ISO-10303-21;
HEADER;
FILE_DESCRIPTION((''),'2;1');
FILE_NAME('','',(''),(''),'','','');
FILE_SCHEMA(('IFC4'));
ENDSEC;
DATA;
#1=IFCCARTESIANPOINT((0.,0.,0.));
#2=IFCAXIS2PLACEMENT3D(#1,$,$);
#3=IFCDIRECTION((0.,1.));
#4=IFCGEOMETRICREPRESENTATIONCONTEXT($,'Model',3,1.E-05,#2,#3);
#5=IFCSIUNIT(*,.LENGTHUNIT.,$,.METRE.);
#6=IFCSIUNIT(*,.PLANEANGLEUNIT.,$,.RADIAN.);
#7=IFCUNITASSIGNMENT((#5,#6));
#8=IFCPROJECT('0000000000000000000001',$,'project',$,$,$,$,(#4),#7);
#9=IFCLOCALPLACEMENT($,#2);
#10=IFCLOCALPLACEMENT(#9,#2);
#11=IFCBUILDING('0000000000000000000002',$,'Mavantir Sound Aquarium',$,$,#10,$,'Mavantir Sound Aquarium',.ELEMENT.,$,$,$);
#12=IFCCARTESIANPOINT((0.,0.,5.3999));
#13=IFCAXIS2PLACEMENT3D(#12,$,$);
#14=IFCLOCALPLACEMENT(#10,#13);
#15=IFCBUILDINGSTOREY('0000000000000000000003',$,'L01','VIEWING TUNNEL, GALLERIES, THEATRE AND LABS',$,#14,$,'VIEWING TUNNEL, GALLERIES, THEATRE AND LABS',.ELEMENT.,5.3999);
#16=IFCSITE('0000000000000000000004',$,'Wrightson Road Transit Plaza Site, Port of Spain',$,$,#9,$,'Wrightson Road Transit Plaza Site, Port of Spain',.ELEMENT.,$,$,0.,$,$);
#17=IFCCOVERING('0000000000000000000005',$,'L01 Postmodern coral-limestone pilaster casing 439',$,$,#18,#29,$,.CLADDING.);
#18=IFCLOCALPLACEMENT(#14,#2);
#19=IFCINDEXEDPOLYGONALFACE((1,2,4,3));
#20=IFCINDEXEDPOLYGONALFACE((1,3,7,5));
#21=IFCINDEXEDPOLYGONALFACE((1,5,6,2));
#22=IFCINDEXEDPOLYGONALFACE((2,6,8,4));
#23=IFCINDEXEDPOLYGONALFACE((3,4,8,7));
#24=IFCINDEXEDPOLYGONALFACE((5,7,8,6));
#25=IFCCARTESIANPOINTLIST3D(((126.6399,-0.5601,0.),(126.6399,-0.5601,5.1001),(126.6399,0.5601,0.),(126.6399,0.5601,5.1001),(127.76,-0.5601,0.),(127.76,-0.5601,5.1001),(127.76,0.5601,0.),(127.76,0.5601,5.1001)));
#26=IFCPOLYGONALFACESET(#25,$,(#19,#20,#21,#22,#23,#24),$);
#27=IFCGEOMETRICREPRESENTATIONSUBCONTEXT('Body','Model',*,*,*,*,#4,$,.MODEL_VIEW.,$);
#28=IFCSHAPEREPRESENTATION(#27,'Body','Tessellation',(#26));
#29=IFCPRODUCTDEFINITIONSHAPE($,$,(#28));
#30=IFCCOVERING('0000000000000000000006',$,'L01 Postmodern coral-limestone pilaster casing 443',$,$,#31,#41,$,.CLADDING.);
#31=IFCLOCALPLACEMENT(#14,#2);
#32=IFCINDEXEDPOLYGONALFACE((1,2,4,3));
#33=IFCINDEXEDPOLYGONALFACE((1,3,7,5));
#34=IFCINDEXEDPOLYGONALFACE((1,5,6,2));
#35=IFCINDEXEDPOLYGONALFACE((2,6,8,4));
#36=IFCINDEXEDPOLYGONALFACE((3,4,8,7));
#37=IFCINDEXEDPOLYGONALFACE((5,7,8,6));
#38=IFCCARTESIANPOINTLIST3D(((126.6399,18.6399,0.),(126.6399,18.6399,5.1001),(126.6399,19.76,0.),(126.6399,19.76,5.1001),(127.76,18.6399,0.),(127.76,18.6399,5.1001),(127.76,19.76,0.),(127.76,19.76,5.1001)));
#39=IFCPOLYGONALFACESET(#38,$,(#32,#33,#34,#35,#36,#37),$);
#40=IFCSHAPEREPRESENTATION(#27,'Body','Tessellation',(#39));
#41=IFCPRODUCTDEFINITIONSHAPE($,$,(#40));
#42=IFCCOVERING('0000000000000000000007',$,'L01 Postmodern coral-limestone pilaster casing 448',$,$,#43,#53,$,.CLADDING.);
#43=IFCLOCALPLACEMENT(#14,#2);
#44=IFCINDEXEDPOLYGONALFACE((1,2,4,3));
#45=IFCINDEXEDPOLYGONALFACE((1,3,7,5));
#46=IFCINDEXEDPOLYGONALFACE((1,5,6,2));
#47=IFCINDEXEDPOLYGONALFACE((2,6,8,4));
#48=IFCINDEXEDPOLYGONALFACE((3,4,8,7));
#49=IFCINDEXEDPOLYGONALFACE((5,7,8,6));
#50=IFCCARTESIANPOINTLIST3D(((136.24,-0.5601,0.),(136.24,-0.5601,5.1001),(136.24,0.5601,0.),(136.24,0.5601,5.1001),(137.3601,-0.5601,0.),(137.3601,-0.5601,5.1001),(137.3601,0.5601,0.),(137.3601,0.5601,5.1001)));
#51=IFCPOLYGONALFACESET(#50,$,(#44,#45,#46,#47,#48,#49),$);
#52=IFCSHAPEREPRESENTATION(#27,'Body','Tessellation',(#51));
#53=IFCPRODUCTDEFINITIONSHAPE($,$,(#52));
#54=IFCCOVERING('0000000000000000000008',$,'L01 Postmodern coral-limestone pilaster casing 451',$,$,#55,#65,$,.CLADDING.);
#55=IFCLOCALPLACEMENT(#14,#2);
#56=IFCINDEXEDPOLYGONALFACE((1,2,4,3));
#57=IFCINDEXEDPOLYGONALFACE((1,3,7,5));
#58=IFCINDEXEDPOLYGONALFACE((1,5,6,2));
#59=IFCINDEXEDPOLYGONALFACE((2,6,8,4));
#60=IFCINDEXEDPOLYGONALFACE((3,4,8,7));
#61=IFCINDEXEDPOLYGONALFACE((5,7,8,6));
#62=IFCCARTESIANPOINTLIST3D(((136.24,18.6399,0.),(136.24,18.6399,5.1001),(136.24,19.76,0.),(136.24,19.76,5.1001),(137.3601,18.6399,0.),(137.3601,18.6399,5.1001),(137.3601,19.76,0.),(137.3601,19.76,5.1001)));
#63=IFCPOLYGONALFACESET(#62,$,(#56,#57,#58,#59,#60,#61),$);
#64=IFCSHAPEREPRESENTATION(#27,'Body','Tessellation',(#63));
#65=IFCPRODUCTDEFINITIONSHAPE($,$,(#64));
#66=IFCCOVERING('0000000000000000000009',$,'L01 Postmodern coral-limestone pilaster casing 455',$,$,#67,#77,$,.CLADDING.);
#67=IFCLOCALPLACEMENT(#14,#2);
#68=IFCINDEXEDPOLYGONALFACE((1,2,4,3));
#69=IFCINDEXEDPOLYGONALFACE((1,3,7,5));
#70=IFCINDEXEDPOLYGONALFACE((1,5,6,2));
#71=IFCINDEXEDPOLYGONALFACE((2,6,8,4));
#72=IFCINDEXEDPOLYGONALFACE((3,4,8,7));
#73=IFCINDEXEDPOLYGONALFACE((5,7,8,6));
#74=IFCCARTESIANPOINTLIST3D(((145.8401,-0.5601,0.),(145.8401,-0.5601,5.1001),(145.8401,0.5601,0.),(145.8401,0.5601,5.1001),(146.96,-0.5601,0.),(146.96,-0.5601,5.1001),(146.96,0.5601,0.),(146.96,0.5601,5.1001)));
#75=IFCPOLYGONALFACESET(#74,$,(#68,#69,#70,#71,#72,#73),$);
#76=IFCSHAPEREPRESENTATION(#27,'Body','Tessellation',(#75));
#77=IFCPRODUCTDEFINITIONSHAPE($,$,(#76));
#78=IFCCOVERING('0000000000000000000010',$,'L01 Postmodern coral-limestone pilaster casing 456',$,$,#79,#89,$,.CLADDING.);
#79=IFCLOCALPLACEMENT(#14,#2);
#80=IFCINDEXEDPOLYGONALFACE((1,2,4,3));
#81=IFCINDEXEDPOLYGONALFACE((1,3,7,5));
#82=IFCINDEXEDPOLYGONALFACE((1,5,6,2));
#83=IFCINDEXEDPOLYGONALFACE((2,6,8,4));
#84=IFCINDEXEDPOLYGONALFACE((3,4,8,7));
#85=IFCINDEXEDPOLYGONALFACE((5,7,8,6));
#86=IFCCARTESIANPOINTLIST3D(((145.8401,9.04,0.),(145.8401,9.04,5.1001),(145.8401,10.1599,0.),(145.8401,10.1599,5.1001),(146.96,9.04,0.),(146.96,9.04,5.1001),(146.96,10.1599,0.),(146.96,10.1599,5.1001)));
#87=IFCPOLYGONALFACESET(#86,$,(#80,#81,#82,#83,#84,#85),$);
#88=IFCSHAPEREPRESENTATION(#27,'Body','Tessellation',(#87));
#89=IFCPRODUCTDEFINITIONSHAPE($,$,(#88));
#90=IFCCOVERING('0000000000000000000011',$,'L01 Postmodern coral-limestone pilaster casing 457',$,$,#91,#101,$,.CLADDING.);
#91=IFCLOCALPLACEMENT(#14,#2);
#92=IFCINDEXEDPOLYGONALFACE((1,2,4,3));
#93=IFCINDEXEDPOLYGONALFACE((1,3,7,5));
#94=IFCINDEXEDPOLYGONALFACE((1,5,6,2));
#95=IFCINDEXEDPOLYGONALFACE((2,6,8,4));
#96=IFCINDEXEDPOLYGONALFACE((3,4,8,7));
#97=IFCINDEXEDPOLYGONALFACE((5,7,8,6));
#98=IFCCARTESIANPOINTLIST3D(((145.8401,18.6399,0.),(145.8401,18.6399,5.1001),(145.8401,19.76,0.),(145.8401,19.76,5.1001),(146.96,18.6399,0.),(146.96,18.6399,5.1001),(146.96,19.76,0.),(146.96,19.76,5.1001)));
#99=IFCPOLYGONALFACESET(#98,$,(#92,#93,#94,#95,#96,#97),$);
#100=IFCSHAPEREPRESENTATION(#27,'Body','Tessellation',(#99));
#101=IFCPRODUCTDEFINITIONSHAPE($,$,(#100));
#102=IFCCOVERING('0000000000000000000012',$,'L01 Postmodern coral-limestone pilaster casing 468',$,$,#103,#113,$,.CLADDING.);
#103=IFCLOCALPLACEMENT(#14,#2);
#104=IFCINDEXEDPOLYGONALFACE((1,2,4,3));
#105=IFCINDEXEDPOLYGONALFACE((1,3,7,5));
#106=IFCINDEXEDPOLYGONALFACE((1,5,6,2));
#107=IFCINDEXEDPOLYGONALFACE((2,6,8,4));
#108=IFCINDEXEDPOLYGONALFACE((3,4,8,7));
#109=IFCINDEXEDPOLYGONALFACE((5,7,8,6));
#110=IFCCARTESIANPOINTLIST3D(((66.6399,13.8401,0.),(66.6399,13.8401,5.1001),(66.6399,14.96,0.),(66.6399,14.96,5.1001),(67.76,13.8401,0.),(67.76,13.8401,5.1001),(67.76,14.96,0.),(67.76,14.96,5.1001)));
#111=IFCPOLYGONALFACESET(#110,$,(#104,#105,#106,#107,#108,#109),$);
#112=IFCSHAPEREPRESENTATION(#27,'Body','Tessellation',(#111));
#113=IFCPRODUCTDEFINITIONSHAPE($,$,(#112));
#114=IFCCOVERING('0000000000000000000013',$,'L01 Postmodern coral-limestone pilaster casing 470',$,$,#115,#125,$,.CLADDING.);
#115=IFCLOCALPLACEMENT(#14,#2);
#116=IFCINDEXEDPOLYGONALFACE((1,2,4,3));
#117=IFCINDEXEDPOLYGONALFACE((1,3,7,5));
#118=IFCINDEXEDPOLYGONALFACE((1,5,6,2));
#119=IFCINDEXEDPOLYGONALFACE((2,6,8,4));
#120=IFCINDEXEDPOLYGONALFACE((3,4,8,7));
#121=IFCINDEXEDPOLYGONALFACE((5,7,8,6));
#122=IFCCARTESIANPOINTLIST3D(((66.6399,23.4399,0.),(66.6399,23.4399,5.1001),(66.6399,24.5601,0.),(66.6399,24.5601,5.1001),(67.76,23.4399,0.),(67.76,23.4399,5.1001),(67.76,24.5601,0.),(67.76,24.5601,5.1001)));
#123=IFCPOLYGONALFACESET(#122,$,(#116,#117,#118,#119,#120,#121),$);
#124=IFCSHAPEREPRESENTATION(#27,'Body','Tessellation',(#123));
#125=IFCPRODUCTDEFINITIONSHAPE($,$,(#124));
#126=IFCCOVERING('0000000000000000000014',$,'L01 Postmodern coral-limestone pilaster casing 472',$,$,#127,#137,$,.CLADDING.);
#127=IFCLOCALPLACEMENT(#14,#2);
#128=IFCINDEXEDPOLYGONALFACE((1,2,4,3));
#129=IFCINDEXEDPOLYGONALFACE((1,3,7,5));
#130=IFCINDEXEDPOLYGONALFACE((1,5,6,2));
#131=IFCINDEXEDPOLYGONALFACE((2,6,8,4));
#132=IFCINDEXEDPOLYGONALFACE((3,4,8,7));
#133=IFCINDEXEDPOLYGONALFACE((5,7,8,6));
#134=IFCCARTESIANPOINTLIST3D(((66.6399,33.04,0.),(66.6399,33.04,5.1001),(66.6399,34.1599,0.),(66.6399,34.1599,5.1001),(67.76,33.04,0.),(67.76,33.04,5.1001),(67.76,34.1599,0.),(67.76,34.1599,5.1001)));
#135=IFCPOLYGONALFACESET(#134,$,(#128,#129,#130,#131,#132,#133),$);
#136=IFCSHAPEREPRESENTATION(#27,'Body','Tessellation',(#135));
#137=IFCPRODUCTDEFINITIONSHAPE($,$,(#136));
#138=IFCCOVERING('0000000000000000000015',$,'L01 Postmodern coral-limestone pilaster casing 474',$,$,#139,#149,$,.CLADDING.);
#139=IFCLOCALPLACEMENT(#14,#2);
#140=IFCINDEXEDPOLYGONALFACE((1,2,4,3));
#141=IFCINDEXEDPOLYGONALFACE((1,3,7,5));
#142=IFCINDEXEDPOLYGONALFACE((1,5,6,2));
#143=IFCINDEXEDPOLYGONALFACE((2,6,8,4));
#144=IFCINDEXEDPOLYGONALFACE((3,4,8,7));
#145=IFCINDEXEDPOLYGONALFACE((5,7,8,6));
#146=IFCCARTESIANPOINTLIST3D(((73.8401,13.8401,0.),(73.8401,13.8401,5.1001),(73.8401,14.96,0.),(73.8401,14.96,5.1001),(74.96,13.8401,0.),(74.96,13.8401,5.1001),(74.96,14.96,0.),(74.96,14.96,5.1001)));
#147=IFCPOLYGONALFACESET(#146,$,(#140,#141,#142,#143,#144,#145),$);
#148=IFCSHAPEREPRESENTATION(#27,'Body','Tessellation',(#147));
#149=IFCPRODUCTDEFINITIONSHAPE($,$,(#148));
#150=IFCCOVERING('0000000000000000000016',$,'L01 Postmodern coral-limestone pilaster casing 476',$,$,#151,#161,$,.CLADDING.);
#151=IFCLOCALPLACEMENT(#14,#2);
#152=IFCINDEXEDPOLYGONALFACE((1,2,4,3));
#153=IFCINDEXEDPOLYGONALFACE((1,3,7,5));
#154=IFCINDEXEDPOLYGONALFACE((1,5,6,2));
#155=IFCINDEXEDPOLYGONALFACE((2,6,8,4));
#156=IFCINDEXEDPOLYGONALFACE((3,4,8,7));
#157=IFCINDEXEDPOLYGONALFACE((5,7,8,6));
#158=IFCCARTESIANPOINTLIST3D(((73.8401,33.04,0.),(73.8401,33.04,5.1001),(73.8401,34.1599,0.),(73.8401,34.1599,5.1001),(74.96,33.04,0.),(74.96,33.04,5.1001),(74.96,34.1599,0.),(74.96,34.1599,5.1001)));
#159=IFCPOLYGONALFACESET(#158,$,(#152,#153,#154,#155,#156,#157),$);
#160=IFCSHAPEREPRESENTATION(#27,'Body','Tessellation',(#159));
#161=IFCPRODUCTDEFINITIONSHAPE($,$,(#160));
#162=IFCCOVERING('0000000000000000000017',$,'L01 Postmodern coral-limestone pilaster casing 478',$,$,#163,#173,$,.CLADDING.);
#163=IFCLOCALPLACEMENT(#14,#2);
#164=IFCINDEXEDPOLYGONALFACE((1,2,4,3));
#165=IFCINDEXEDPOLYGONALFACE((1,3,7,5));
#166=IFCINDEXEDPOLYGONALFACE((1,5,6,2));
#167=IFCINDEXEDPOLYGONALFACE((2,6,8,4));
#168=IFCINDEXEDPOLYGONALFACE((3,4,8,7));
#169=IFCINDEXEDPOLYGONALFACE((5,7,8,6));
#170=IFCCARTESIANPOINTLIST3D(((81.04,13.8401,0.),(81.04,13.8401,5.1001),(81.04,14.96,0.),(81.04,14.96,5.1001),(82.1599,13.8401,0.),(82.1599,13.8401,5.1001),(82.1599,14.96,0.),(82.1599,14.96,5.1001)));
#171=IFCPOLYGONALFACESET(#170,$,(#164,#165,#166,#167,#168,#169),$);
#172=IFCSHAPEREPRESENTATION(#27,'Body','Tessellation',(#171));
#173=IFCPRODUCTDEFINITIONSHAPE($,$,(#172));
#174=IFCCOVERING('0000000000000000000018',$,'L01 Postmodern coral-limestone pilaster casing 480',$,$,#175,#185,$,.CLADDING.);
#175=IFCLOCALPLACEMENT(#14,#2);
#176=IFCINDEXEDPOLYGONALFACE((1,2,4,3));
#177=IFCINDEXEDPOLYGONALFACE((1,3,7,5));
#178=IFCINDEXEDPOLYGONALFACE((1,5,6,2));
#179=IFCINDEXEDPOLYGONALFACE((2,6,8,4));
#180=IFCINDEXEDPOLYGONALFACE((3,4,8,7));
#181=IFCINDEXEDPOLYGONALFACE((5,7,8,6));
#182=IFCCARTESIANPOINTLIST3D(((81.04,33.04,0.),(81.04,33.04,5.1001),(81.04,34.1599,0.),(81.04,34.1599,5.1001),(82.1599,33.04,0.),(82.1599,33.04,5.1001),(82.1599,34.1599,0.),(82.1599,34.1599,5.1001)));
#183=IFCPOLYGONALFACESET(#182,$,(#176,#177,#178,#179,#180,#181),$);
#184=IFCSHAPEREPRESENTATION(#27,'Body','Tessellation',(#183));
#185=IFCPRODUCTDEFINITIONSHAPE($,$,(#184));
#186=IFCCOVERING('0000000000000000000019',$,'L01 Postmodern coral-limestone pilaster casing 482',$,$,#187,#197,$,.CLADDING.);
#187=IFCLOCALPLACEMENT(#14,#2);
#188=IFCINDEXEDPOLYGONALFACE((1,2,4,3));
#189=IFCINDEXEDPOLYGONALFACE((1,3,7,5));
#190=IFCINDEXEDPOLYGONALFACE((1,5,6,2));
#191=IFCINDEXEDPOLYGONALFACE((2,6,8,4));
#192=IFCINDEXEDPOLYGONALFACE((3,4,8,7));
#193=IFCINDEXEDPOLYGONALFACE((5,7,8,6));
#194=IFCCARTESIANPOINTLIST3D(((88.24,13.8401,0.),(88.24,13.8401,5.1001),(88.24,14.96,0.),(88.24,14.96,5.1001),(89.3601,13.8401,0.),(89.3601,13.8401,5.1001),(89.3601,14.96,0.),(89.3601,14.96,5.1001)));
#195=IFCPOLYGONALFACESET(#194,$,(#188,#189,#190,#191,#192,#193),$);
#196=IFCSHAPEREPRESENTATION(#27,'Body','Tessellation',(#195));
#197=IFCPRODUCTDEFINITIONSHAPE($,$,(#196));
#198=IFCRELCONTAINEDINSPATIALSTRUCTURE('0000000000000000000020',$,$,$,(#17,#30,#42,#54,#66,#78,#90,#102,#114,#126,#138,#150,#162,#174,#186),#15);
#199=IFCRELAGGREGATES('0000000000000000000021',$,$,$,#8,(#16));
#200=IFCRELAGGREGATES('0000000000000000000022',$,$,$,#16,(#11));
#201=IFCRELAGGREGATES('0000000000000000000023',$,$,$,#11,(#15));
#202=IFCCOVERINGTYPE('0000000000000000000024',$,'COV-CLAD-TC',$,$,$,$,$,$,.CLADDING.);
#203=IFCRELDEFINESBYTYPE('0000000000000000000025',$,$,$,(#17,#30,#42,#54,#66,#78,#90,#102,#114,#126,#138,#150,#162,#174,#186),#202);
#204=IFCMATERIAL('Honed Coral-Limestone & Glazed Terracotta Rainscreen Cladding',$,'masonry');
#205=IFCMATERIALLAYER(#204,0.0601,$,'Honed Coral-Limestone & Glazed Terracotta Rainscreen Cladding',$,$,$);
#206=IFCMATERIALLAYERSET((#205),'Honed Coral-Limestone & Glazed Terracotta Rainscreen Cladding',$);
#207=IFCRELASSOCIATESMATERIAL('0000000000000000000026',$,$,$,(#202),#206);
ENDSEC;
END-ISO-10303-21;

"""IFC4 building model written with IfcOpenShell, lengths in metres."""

from ifc_helpers import new_model, si_unit, direction, frame, origin, place, context, subcontext, project, spatial, polyline, outline, extrude, material, layer, layer_set, type_object, element, save


model = new_model("IFC4")

# Units and contexts
model_context = context("Model", 3, precision=1e-05, world=origin(), true_north=direction((0.0, 1.0)))
body_context = subcontext(model_context, "Body", "Model", "MODEL_VIEW")
ifc_project = project(units=[si_unit("LENGTHUNIT", "METRE"), si_unit("PLANEANGLEUNIT", "RADIAN")], contexts=[model_context])

# Site, building, storey
site_placement = place(None, origin())
site = spatial("IfcSite", under=ifc_project, at=site_placement, Name="Wrightson Road Transit Plaza Site, Port of Spain", LongName="Wrightson Road Transit Plaza Site, Port of Spain", CompositionType="ELEMENT", RefElevation=0.0)
building_placement = place(site_placement, origin())
building = spatial("IfcBuilding", under=site, at=building_placement, Name="Mavantir Sound Aquarium", LongName="Mavantir Sound Aquarium", CompositionType="ELEMENT")
storey_placement = place(building_placement, frame((0.0, 0.0, 5.3999)))
storey = spatial("IfcBuildingStorey", under=building, at=storey_placement, Name="L01", Description="VIEWING TUNNEL, GALLERIES, THEATRE AND LABS", LongName="VIEWING TUNNEL, GALLERIES, THEATRE AND LABS", CompositionType="ELEMENT", Elevation=5.3999)

# Coverings
ifc_material = material(Name="Honed Coral-Limestone & Glazed Terracotta Rainscreen Cladding", Category="masonry")
ifc_layer = layer(ifc_material, 0.0601, Name="Honed Coral-Limestone & Glazed Terracotta Rainscreen Cladding")
ifc_layer_set = layer_set([ifc_layer], Name="Honed Coral-Limestone & Glazed Terracotta Rainscreen Cladding")
covering_type = type_object("IfcCoveringType", Name="COV-CLAD-TC", PredefinedType="CLADDING", material=ifc_layer_set)
covering_1_placement = place(storey_placement, origin())
element("IfcCovering", 1, at=covering_1_placement, inside=storey, type_object=covering_type, Name="L01 Postmodern coral-limestone pilaster casing 439", PredefinedType="CLADDING", context=body_context, shape_type="SweptSolid", body=[
    extrude(outline(polyline([(126.6399, -0.5601), (127.76, -0.5601), (127.76, 0.5601), (126.6399, 0.5601), (126.6399, -0.5601)])), origin(), (0.0, 0.0, 1.0), 5.1001),
])
covering_2_placement = place(storey_placement, origin())
element("IfcCovering", 2, at=covering_2_placement, inside=storey, type_object=covering_type, Name="L01 Postmodern coral-limestone pilaster casing 443", PredefinedType="CLADDING", context=body_context, shape_type="SweptSolid", body=[
    extrude(outline(polyline([(126.6399, 18.6399), (127.76, 18.6399), (127.76, 19.76), (126.6399, 19.76), (126.6399, 18.6399)])), origin(), (0.0, 0.0, 1.0), 5.1001),
])
covering_3_placement = place(storey_placement, origin())
element("IfcCovering", 3, at=covering_3_placement, inside=storey, type_object=covering_type, Name="L01 Postmodern coral-limestone pilaster casing 448", PredefinedType="CLADDING", context=body_context, shape_type="SweptSolid", body=[
    extrude(outline(polyline([(136.24, -0.5601), (137.3601, -0.5601), (137.3601, 0.5601), (136.24, 0.5601), (136.24, -0.5601)])), origin(), (0.0, 0.0, 1.0), 5.1001),
])
covering_4_placement = place(storey_placement, origin())
element("IfcCovering", 4, at=covering_4_placement, inside=storey, type_object=covering_type, Name="L01 Postmodern coral-limestone pilaster casing 451", PredefinedType="CLADDING", context=body_context, shape_type="SweptSolid", body=[
    extrude(outline(polyline([(136.24, 18.6399), (137.3601, 18.6399), (137.3601, 19.76), (136.24, 19.76), (136.24, 18.6399)])), origin(), (0.0, 0.0, 1.0), 5.1001),
])
covering_5_placement = place(storey_placement, origin())
element("IfcCovering", 5, at=covering_5_placement, inside=storey, type_object=covering_type, Name="L01 Postmodern coral-limestone pilaster casing 455", PredefinedType="CLADDING", context=body_context, shape_type="SweptSolid", body=[
    extrude(outline(polyline([(145.8401, -0.5601), (146.96, -0.5601), (146.96, 0.5601), (145.8401, 0.5601), (145.8401, -0.5601)])), origin(), (0.0, 0.0, 1.0), 5.1001),
])
covering_6_placement = place(storey_placement, origin())
element("IfcCovering", 6, at=covering_6_placement, inside=storey, type_object=covering_type, Name="L01 Postmodern coral-limestone pilaster casing 456", PredefinedType="CLADDING", context=body_context, shape_type="SweptSolid", body=[
    extrude(outline(polyline([(145.8401, 9.04), (146.96, 9.04), (146.96, 10.1599), (145.8401, 10.1599), (145.8401, 9.04)])), origin(), (0.0, 0.0, 1.0), 5.1001),
])
covering_7_placement = place(storey_placement, origin())
element("IfcCovering", 7, at=covering_7_placement, inside=storey, type_object=covering_type, Name="L01 Postmodern coral-limestone pilaster casing 457", PredefinedType="CLADDING", context=body_context, shape_type="SweptSolid", body=[
    extrude(outline(polyline([(145.8401, 18.6399), (146.96, 18.6399), (146.96, 19.76), (145.8401, 19.76), (145.8401, 18.6399)])), origin(), (0.0, 0.0, 1.0), 5.1001),
])
covering_8_placement = place(storey_placement, origin())
element("IfcCovering", 8, at=covering_8_placement, inside=storey, type_object=covering_type, Name="L01 Postmodern coral-limestone pilaster casing 468", PredefinedType="CLADDING", context=body_context, shape_type="SweptSolid", body=[
    extrude(outline(polyline([(66.6399, 13.8401), (67.76, 13.8401), (67.76, 14.96), (66.6399, 14.96), (66.6399, 13.8401)])), origin(), (0.0, 0.0, 1.0), 5.1001),
])
covering_9_placement = place(storey_placement, origin())
element("IfcCovering", 9, at=covering_9_placement, inside=storey, type_object=covering_type, Name="L01 Postmodern coral-limestone pilaster casing 470", PredefinedType="CLADDING", context=body_context, shape_type="SweptSolid", body=[
    extrude(outline(polyline([(66.6399, 23.4399), (67.76, 23.4399), (67.76, 24.5601), (66.6399, 24.5601), (66.6399, 23.4399)])), origin(), (0.0, 0.0, 1.0), 5.1001),
])
covering_10_placement = place(storey_placement, origin())
element("IfcCovering", 10, at=covering_10_placement, inside=storey, type_object=covering_type, Name="L01 Postmodern coral-limestone pilaster casing 472", PredefinedType="CLADDING", context=body_context, shape_type="SweptSolid", body=[
    extrude(outline(polyline([(66.6399, 33.04), (67.76, 33.04), (67.76, 34.1599), (66.6399, 34.1599), (66.6399, 33.04)])), origin(), (0.0, 0.0, 1.0), 5.1001),
])
covering_11_placement = place(storey_placement, origin())
element("IfcCovering", 11, at=covering_11_placement, inside=storey, type_object=covering_type, Name="L01 Postmodern coral-limestone pilaster casing 474", PredefinedType="CLADDING", context=body_context, shape_type="SweptSolid", body=[
    extrude(outline(polyline([(73.8401, 13.8401), (74.96, 13.8401), (74.96, 14.96), (73.8401, 14.96), (73.8401, 13.8401)])), origin(), (0.0, 0.0, 1.0), 5.1001),
])
covering_12_placement = place(storey_placement, origin())
element("IfcCovering", 12, at=covering_12_placement, inside=storey, type_object=covering_type, Name="L01 Postmodern coral-limestone pilaster casing 476", PredefinedType="CLADDING", context=body_context, shape_type="SweptSolid", body=[
    extrude(outline(polyline([(73.8401, 33.04), (74.96, 33.04), (74.96, 34.1599), (73.8401, 34.1599), (73.8401, 33.04)])), origin(), (0.0, 0.0, 1.0), 5.1001),
])
covering_13_placement = place(storey_placement, origin())
element("IfcCovering", 13, at=covering_13_placement, inside=storey, type_object=covering_type, Name="L01 Postmodern coral-limestone pilaster casing 478", PredefinedType="CLADDING", context=body_context, shape_type="SweptSolid", body=[
    extrude(outline(polyline([(81.04, 13.8401), (82.1599, 13.8401), (82.1599, 14.96), (81.04, 14.96), (81.04, 13.8401)])), origin(), (0.0, 0.0, 1.0), 5.1001),
])
covering_14_placement = place(storey_placement, origin())
element("IfcCovering", 14, at=covering_14_placement, inside=storey, type_object=covering_type, Name="L01 Postmodern coral-limestone pilaster casing 480", PredefinedType="CLADDING", context=body_context, shape_type="SweptSolid", body=[
    extrude(outline(polyline([(81.04, 33.04), (82.1599, 33.04), (82.1599, 34.1599), (81.04, 34.1599), (81.04, 33.04)])), origin(), (0.0, 0.0, 1.0), 5.1001),
])
covering_15_placement = place(storey_placement, origin())
element("IfcCovering", 15, at=covering_15_placement, inside=storey, type_object=covering_type, Name="L01 Postmodern coral-limestone pilaster casing 482", PredefinedType="CLADDING", context=body_context, shape_type="SweptSolid", body=[
    extrude(outline(polyline([(88.24, 13.8401), (89.3601, 13.8401), (89.3601, 14.96), (88.24, 14.96), (88.24, 13.8401)])), origin(), (0.0, 0.0, 1.0), 5.1001),
])

save(model, "model.ifc")
